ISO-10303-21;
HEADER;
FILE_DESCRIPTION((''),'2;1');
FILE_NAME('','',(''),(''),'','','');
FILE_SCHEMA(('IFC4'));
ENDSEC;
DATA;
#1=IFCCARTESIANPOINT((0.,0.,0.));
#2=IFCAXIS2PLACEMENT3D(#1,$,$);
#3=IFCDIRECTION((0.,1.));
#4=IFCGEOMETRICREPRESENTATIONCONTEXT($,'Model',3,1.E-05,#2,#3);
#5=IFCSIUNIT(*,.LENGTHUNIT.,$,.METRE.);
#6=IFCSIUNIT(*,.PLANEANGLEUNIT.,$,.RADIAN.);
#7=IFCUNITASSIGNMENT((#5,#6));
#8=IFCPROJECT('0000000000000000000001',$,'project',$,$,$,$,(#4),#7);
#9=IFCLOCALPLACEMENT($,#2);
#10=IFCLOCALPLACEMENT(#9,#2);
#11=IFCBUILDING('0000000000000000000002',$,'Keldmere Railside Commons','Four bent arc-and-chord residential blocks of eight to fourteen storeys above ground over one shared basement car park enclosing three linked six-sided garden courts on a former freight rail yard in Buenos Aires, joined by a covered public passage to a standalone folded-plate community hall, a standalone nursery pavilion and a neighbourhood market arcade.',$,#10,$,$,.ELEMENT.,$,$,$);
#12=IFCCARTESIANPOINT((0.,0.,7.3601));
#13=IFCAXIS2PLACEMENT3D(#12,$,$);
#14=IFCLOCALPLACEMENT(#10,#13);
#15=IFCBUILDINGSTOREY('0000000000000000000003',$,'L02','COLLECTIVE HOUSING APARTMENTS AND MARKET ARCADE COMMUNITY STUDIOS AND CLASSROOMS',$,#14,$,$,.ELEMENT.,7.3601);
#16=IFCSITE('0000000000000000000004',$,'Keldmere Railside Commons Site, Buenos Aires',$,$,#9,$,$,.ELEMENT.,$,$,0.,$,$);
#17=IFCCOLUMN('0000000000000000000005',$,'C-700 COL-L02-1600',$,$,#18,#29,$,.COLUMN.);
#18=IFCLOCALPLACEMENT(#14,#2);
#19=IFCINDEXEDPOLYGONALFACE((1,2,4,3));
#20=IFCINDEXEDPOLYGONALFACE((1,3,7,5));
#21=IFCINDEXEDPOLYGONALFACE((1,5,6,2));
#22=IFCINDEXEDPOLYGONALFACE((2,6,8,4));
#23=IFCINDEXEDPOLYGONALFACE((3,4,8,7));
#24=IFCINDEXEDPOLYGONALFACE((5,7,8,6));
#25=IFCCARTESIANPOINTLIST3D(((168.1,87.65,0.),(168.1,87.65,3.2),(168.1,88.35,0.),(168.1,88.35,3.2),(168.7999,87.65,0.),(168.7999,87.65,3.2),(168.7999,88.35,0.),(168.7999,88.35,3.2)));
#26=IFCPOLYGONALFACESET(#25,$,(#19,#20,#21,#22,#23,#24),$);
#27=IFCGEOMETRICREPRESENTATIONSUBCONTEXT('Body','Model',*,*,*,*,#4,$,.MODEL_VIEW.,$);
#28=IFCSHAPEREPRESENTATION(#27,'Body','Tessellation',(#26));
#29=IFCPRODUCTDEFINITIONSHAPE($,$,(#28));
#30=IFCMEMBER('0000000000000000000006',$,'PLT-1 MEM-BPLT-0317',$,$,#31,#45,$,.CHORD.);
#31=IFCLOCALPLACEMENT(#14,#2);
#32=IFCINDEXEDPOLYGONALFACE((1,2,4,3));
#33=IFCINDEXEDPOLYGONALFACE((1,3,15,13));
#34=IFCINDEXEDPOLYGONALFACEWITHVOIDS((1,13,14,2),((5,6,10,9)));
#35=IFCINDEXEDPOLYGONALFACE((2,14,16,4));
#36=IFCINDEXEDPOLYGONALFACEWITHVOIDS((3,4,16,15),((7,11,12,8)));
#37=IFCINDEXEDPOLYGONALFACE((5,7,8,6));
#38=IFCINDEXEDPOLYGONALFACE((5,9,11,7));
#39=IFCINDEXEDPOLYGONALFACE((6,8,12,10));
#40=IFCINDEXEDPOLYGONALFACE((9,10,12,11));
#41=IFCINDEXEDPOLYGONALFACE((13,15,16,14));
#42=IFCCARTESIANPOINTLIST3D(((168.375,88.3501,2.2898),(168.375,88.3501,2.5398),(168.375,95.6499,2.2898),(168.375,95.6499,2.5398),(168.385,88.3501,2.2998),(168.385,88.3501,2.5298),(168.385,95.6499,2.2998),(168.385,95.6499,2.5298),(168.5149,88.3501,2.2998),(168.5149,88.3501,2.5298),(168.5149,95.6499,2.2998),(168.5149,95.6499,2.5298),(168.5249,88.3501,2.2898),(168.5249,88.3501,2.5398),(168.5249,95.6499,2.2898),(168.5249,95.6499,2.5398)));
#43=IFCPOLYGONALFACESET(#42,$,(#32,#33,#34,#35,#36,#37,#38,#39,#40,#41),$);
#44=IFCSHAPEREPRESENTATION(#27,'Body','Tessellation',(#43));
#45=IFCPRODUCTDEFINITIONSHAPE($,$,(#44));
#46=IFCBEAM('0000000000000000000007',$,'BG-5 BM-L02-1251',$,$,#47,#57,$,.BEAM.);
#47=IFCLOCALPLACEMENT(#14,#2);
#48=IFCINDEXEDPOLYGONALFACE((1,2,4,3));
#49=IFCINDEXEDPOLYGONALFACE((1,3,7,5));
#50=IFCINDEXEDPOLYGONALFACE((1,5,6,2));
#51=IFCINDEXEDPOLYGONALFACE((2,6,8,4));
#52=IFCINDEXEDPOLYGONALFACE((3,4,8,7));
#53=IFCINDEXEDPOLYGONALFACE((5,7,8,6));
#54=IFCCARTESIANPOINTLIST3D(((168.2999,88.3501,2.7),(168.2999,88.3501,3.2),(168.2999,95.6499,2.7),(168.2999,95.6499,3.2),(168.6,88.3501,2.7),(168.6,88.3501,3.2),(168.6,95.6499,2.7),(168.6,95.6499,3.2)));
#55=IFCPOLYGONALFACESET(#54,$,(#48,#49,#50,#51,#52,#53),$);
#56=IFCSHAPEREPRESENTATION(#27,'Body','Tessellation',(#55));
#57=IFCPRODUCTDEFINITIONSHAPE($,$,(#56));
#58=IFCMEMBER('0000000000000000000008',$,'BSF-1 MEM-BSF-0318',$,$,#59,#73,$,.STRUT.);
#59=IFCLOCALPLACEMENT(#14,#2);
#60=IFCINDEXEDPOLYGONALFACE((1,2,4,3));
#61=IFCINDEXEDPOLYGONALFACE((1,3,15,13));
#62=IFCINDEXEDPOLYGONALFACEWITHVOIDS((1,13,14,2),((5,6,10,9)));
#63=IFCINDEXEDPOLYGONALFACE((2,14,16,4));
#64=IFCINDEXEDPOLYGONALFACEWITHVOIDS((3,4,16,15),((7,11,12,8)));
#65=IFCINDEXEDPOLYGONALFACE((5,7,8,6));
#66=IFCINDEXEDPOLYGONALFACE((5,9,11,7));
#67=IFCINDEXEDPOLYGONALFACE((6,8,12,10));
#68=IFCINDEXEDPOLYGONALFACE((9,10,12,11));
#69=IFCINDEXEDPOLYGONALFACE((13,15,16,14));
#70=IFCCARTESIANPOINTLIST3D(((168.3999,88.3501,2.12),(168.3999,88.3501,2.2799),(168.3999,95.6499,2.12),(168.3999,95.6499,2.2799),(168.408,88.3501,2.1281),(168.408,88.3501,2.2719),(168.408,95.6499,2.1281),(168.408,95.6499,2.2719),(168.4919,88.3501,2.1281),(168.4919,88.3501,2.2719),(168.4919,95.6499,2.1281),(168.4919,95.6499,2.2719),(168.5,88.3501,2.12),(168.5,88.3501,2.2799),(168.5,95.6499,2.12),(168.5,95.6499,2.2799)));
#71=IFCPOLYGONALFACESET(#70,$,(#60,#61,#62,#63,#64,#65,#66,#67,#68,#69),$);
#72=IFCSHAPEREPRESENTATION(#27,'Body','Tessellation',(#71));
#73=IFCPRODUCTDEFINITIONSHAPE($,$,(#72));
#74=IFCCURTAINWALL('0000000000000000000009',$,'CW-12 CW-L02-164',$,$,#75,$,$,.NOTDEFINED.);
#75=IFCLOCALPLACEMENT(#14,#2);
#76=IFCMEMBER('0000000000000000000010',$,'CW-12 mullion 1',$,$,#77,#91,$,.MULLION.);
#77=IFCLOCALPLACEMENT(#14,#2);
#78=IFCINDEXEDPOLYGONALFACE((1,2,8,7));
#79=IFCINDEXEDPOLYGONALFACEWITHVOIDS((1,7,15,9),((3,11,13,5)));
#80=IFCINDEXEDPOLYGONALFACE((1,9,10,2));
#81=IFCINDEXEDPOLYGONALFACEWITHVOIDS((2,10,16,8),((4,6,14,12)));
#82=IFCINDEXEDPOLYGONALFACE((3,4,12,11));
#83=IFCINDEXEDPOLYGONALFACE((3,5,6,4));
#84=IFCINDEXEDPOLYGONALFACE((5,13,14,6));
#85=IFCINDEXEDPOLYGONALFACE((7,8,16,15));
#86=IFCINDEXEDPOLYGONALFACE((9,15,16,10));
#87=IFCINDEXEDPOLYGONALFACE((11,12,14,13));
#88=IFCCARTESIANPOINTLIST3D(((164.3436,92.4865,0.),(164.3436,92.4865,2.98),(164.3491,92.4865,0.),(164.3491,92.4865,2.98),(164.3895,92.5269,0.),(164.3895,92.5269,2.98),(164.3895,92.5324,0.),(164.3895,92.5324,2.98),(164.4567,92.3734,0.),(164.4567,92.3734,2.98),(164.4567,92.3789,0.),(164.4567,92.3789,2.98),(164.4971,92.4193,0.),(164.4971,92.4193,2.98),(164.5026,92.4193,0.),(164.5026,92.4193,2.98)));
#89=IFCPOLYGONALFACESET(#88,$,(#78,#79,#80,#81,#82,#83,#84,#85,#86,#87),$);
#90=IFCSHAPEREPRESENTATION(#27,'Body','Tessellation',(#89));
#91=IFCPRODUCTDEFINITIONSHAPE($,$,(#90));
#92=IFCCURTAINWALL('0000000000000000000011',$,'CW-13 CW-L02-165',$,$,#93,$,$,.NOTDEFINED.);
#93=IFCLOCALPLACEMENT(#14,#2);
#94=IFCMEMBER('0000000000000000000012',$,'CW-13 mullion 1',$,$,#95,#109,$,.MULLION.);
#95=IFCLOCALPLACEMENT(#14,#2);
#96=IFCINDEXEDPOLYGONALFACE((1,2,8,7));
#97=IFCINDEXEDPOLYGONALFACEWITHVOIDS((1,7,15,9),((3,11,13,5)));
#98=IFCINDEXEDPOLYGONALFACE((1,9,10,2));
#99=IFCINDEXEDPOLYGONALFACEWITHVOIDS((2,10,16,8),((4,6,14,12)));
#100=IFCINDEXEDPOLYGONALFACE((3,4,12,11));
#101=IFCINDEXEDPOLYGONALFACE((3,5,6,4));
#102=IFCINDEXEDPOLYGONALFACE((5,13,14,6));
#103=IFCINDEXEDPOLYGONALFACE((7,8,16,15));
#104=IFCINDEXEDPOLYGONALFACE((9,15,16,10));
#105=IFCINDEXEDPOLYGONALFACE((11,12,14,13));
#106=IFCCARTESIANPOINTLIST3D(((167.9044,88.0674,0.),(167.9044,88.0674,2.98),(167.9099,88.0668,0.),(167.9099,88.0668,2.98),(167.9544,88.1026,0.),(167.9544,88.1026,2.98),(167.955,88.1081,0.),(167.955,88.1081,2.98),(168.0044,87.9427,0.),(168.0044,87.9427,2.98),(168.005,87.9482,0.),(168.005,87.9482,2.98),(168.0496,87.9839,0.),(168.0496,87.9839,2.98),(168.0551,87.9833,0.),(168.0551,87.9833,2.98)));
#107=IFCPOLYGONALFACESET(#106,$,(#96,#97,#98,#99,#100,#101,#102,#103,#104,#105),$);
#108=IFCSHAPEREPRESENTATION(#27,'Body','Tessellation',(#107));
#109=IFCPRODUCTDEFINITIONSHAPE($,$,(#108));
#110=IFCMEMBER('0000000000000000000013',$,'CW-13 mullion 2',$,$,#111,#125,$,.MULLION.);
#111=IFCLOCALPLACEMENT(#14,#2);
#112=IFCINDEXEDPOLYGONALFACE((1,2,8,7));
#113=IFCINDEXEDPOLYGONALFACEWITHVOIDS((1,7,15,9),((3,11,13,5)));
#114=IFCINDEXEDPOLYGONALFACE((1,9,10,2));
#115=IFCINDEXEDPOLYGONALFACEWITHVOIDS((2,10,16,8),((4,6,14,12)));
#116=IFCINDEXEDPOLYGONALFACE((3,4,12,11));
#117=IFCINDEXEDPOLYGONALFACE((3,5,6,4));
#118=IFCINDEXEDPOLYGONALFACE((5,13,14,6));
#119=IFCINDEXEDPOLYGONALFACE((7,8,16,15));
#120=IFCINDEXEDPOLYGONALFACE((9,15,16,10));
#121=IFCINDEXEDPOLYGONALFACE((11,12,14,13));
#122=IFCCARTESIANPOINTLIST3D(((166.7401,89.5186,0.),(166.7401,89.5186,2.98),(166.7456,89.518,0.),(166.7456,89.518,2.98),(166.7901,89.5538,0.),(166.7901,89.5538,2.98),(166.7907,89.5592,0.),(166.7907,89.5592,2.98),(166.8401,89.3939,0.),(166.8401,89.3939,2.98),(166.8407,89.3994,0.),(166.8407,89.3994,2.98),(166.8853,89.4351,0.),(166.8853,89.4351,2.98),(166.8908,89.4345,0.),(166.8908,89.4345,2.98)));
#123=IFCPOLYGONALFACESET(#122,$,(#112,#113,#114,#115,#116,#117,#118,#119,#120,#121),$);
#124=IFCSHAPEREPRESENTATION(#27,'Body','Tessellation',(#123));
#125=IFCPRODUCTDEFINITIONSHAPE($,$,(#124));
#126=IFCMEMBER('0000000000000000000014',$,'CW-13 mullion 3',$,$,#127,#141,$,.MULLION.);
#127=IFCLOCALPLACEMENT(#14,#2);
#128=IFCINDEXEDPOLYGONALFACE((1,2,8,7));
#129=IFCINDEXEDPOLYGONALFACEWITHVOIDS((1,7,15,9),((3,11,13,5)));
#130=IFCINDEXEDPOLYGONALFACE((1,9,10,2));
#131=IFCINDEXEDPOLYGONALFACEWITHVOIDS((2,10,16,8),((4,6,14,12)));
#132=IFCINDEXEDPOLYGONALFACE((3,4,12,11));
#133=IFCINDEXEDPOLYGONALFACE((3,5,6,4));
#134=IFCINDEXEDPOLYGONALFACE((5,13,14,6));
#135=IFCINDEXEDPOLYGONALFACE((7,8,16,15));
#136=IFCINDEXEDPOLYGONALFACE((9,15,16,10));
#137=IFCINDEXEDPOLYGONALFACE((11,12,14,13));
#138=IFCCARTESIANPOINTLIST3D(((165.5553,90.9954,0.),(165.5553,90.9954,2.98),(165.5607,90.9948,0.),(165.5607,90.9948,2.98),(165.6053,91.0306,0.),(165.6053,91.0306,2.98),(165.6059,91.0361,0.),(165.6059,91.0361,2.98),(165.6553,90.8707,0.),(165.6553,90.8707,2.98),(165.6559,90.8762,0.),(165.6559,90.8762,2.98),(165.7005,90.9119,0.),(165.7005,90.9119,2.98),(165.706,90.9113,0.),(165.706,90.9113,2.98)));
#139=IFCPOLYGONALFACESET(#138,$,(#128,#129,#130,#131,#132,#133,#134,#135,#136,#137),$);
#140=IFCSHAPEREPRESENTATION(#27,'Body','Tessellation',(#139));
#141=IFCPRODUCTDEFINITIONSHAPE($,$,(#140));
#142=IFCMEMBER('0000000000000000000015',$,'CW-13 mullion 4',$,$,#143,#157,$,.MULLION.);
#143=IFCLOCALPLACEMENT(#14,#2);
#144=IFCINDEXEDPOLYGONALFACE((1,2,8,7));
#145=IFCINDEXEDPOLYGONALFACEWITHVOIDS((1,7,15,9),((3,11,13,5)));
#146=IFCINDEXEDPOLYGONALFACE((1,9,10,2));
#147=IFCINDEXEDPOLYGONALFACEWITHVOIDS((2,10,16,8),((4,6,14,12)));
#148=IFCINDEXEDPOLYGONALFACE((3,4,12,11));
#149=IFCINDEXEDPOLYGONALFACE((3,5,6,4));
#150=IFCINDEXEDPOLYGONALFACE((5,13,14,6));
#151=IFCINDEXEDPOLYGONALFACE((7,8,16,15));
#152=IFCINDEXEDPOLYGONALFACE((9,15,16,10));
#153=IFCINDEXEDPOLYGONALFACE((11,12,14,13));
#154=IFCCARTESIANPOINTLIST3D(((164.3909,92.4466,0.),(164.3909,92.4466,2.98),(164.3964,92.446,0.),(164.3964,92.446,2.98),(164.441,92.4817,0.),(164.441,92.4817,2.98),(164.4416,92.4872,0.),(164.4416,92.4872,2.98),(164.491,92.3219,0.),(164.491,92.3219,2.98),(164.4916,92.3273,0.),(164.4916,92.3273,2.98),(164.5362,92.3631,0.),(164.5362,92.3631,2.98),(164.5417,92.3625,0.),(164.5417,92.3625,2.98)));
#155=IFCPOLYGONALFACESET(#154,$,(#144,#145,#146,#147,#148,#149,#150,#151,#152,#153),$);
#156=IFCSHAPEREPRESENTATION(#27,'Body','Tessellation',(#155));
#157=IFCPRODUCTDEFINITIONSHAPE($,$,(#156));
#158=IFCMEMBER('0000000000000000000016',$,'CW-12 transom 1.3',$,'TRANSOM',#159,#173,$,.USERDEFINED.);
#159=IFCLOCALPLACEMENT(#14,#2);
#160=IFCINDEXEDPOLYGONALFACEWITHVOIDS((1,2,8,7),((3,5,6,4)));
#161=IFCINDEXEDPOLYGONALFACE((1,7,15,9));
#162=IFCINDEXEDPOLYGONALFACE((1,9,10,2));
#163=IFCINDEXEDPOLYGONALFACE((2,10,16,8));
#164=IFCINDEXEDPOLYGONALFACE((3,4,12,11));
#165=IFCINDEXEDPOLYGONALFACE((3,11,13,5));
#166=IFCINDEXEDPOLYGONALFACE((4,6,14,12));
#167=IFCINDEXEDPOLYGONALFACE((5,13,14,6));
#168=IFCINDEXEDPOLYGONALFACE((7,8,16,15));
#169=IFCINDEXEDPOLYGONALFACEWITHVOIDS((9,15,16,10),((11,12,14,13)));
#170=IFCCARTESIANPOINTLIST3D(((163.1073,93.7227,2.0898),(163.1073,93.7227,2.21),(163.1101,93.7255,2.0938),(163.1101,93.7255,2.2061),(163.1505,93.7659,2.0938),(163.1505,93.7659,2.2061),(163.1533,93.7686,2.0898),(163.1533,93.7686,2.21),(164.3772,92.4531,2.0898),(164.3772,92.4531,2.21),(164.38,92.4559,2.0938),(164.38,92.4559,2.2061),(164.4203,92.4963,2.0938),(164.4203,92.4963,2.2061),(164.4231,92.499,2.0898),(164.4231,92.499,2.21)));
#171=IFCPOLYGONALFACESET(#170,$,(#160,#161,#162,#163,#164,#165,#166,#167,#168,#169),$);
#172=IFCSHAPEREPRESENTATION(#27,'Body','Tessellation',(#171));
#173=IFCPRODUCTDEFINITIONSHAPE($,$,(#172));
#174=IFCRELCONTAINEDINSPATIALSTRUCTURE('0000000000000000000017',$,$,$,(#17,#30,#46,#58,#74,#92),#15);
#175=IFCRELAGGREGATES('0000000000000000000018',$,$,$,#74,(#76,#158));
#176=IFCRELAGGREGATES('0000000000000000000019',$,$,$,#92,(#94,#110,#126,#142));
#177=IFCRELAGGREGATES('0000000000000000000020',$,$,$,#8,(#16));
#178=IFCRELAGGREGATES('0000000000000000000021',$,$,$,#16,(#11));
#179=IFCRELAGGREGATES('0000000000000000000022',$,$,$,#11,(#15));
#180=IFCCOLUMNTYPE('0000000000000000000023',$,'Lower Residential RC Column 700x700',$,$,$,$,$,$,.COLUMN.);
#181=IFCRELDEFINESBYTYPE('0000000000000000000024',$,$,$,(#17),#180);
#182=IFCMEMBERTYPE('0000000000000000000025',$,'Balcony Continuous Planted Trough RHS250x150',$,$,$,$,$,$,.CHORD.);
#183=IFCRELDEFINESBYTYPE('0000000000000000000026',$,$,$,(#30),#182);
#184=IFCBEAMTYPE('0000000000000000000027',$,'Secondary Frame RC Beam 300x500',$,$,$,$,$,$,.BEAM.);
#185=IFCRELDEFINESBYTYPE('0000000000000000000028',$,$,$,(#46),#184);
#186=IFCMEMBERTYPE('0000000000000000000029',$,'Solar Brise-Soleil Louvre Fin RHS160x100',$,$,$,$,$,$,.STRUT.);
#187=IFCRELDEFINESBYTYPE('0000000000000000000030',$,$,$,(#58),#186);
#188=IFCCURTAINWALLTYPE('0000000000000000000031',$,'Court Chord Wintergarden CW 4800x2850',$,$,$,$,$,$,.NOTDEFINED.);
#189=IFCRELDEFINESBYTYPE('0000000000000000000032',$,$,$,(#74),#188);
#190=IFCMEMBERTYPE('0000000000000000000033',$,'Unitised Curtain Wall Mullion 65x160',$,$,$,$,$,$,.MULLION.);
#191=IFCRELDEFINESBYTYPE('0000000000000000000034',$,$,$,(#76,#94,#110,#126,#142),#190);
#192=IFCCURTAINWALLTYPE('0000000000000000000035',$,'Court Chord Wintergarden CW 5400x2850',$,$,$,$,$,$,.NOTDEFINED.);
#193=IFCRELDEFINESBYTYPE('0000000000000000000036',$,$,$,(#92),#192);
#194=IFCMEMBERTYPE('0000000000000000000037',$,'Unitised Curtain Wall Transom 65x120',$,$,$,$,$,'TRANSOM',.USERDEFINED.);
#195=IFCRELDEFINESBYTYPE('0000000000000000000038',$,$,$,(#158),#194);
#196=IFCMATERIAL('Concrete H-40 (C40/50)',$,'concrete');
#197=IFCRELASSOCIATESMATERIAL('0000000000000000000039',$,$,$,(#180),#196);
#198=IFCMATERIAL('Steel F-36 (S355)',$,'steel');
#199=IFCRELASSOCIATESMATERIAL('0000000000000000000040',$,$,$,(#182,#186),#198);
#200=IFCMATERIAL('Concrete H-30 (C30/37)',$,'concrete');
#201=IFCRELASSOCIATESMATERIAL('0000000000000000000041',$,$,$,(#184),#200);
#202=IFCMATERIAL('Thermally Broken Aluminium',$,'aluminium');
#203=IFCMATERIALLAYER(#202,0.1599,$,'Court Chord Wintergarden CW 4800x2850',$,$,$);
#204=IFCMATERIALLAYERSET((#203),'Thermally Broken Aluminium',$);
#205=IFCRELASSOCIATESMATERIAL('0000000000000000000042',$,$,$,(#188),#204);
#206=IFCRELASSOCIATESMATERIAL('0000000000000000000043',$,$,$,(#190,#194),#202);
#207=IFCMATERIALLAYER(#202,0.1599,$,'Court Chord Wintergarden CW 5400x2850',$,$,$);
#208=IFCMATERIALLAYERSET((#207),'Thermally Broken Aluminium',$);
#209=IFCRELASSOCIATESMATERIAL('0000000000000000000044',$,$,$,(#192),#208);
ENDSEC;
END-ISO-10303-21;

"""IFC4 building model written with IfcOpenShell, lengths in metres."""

from ifc_helpers import new_model, si_unit, direction, frame, origin, origin_2d, place, context, subcontext, project, spatial, rectangle, hollow_rectangle, extrude, material, layer, layer_set, material_profile, profile_set, type_object, element, aggregate, save


model = new_model("IFC4")

# Units and contexts
model_context = context("Model", 3, precision=1e-05, world=origin(), true_north=direction((0.0, 1.0)))
body_context = subcontext(model_context, "Body", "Model", "MODEL_VIEW")
ifc_project = project(units=[si_unit("LENGTHUNIT", "METRE"), si_unit("PLANEANGLEUNIT", "RADIAN")], contexts=[model_context])

# Site, building, storey
site_placement = place(None, origin())
site = spatial("IfcSite", under=ifc_project, at=site_placement, Name="Keldmere Railside Commons Site, Buenos Aires", CompositionType="ELEMENT", RefElevation=0.0)
building_placement = place(site_placement, origin())
building = spatial("IfcBuilding", under=site, at=building_placement, Name="Keldmere Railside Commons", Description="Four bent arc-and-chord residential blocks of eight to fourteen storeys above ground over one shared basement car park enclosing three linked six-sided garden courts on a former freight rail yard in Buenos Aires, joined by a covered public passage to a standalone folded-plate community hall, a standalone nursery pavilion and a neighbourhood market arcade.", CompositionType="ELEMENT")
storey_placement = place(building_placement, frame((0.0, 0.0, 7.3601)))
storey = spatial("IfcBuildingStorey", under=building, at=storey_placement, Name="L02", Description="COLLECTIVE HOUSING APARTMENTS AND MARKET ARCADE COMMUNITY STUDIOS AND CLASSROOMS", CompositionType="ELEMENT", Elevation=7.3601)

# Column
ifc_material_1 = material(Name="Concrete H-40 (C40/50)", Category="concrete")
ifc_material_profile_1 = material_profile(ifc_material_1, rectangle(XDim=0.7, YDim=0.7, at=origin_2d()), Name="RC-700x700")
ifc_profile_set_1 = profile_set([ifc_material_profile_1], Name="Concrete H-40 (C40/50)")
column_type = type_object("IfcColumnType", Name="Lower Residential RC Column 700x700", PredefinedType="COLUMN", material=ifc_profile_set_1)
column_placement = place(storey_placement, frame((168.45, 88.0, 0.0), z_axis=(0.0, 0.0, 1.0), x_axis=(1.0, 0.0, 0.0)))
element("IfcColumn", 1, at=column_placement, inside=storey, type_object=column_type, Name="C-700 COL-L02-1600", PredefinedType="COLUMN", context=body_context, shape_type="SweptSolid", body=[
    extrude(rectangle(XDim=0.7, YDim=0.7, at=origin_2d()), origin(), (0.0, 0.0, 1.0), 3.2),
])

# Member
ifc_material_2 = material(Name="Steel F-36 (S355)", Category="steel")
ifc_material_profile_2 = material_profile(ifc_material_2, hollow_rectangle(XDim=0.1499, YDim=0.25, WallThickness=0.01, at=origin_2d()), Name="RHS-250x150x10")
ifc_profile_set_2 = profile_set([ifc_material_profile_2], Name="Steel F-36 (S355)")
member_type_1 = type_object("IfcMemberType", Name="Balcony Continuous Planted Trough RHS250x150", PredefinedType="CHORD", material=ifc_profile_set_2)
member_1_placement = place(storey_placement, frame((168.45, 88.3501, 2.4148), z_axis=(0.0, 1.0, 0.0), x_axis=(-1.0, 0.0, 0.0)))
element("IfcMember", 2, at=member_1_placement, inside=storey, type_object=member_type_1, Name="PLT-1 MEM-BPLT-0317", PredefinedType="CHORD", context=body_context, shape_type="SweptSolid", body=[
    extrude(hollow_rectangle(XDim=0.1499, YDim=0.25, WallThickness=0.01, at=origin_2d()), origin(), (0.0, 0.0, 1.0), 7.2998),
])

# Beam
ifc_material_3 = material(Name="Concrete H-30 (C30/37)", Category="concrete")
ifc_material_profile_3 = material_profile(ifc_material_3, rectangle(XDim=0.3, YDim=0.5, at=origin_2d()), Name="RC-300x500")
ifc_profile_set_3 = profile_set([ifc_material_profile_3], Name="Concrete H-30 (C30/37)")
beam_type = type_object("IfcBeamType", Name="Secondary Frame RC Beam 300x500", PredefinedType="BEAM", material=ifc_profile_set_3)
beam_placement = place(storey_placement, frame((168.45, 88.3501, 2.95), z_axis=(0.0, 1.0, 0.0), x_axis=(-1.0, 0.0, 0.0)))
element("IfcBeam", 3, at=beam_placement, inside=storey, type_object=beam_type, Name="BG-5 BM-L02-1251", PredefinedType="BEAM", context=body_context, shape_type="SweptSolid", body=[
    extrude(rectangle(XDim=0.3, YDim=0.5, at=origin_2d()), origin(), (0.0, 0.0, 1.0), 7.2998),
])

# Member
ifc_material_profile_4 = material_profile(ifc_material_2, hollow_rectangle(XDim=0.1001, YDim=0.1599, WallThickness=0.0081, at=origin_2d()), Name="RHS-160x100x8")
ifc_profile_set_4 = profile_set([ifc_material_profile_4], Name="Steel F-36 (S355)")
member_type_2 = type_object("IfcMemberType", Name="Solar Brise-Soleil Louvre Fin RHS160x100", PredefinedType="STRUT", material=ifc_profile_set_4)
member_2_placement = place(storey_placement, frame((168.45, 88.3501, 2.2), z_axis=(0.0, 1.0, 0.0), x_axis=(-1.0, 0.0, 0.0)))
element("IfcMember", 4, at=member_2_placement, inside=storey, type_object=member_type_2, Name="BSF-1 MEM-BSF-0318", PredefinedType="STRUT", context=body_context, shape_type="SweptSolid", body=[
    extrude(hollow_rectangle(XDim=0.1001, YDim=0.1599, WallThickness=0.0081, at=origin_2d()), origin(), (0.0, 0.0, 1.0), 7.2998),
])

# Curtain wall, member
ifc_material_4 = material(Name="Thermally Broken Aluminium", Category="aluminium")
ifc_layer_1 = layer(ifc_material_4, 0.1599, Name="Court Chord Wintergarden CW 4800x2850")
ifc_layer_set_1 = layer_set([ifc_layer_1], Name="Thermally Broken Aluminium")
curtain_wall_type_1 = type_object("IfcCurtainWallType", Name="Court Chord Wintergarden CW 4800x2850", PredefinedType="NOTDEFINED", material=ifc_layer_set_1)
curtain_wall_1_placement = place(storey_placement, origin())
curtain_wall_1 = element("IfcCurtainWall", 5, at=curtain_wall_1_placement, inside=storey, type_object=curtain_wall_type_1, Name="CW-12 CW-L02-164", PredefinedType="NOTDEFINED")
ifc_material_profile_5 = material_profile(ifc_material_4, hollow_rectangle(XDim=0.0649, YDim=0.1599, WallThickness=0.0039, at=origin_2d()), Name="ALU-MULL-65x160")
ifc_profile_set_5 = profile_set([ifc_material_profile_5], Name="Thermally Broken Aluminium")
member_type_3 = type_object("IfcMemberType", Name="Unitised Curtain Wall Mullion 65x160", PredefinedType="MULLION", material=ifc_profile_set_5)
member_3_placement = place(storey_placement, frame((164.4231, 92.4529, 0.0), z_axis=(0.0, 0.0, 1.0), x_axis=(-0.707107, -0.707107, 0.0)))
member_3 = element("IfcMember", 6, at=member_3_placement, type_object=member_type_3, Name="CW-12 mullion 1", PredefinedType="MULLION", context=body_context, shape_type="SweptSolid", body=[
    extrude(hollow_rectangle(XDim=0.0649, YDim=0.1599, WallThickness=0.0039, at=origin_2d()), origin(), (0.0, 0.0, 1.0), 2.98),
])

# Curtain wall, members
ifc_layer_2 = layer(ifc_material_4, 0.1599, Name="Court Chord Wintergarden CW 5400x2850")
ifc_layer_set_2 = layer_set([ifc_layer_2], Name="Thermally Broken Aluminium")
curtain_wall_type_2 = type_object("IfcCurtainWallType", Name="Court Chord Wintergarden CW 5400x2850", PredefinedType="NOTDEFINED", material=ifc_layer_set_2)
curtain_wall_2_placement = place(storey_placement, origin())
curtain_wall_2 = element("IfcCurtainWall", 7, at=curtain_wall_2_placement, inside=storey, type_object=curtain_wall_type_2, Name="CW-13 CW-L02-165", PredefinedType="NOTDEFINED")
member_4_placement = place(storey_placement, frame((167.9797, 88.0254, 0.0), z_axis=(0.0, 0.0, 1.0), x_axis=(-0.780009, -0.625768, 0.0)))
member_4 = element("IfcMember", 8, at=member_4_placement, type_object=member_type_3, Name="CW-13 mullion 1", PredefinedType="MULLION", context=body_context, shape_type="SweptSolid", body=[
    extrude(hollow_rectangle(XDim=0.0649, YDim=0.1599, WallThickness=0.0039, at=origin_2d()), origin(), (0.0, 0.0, 1.0), 2.98),
])
member_5_placement = place(storey_placement, frame((166.8154, 89.4766, 0.0), z_axis=(0.0, 0.0, 1.0), x_axis=(-0.780009, -0.625768, 0.0)))
member_5 = element("IfcMember", 9, at=member_5_placement, type_object=member_type_3, Name="CW-13 mullion 2", PredefinedType="MULLION", context=body_context, shape_type="SweptSolid", body=[
    extrude(hollow_rectangle(XDim=0.0649, YDim=0.1599, WallThickness=0.0039, at=origin_2d()), origin(), (0.0, 0.0, 1.0), 2.98),
])
member_6_placement = place(storey_placement, frame((165.6306, 90.9534, 0.0), z_axis=(0.0, 0.0, 1.0), x_axis=(-0.780009, -0.625768, 0.0)))
member_6 = element("IfcMember", 10, at=member_6_placement, type_object=member_type_3, Name="CW-13 mullion 3", PredefinedType="MULLION", context=body_context, shape_type="SweptSolid", body=[
    extrude(hollow_rectangle(XDim=0.0649, YDim=0.1599, WallThickness=0.0039, at=origin_2d()), origin(), (0.0, 0.0, 1.0), 2.98),
])
member_7_placement = place(storey_placement, frame((164.4663, 92.4045, 0.0), z_axis=(0.0, 0.0, 1.0), x_axis=(-0.780009, -0.625768, 0.0)))
member_7 = element("IfcMember", 11, at=member_7_placement, type_object=member_type_3, Name="CW-13 mullion 4", PredefinedType="MULLION", context=body_context, shape_type="SweptSolid", body=[
    extrude(hollow_rectangle(XDim=0.0649, YDim=0.1599, WallThickness=0.0039, at=origin_2d()), origin(), (0.0, 0.0, 1.0), 2.98),
])

# Member
ifc_material_profile_6 = material_profile(ifc_material_4, hollow_rectangle(XDim=0.0649, YDim=0.1201, WallThickness=0.0039, at=origin_2d()), Name="ALU-TRAN-65x120")
ifc_profile_set_6 = profile_set([ifc_material_profile_6], Name="Thermally Broken Aluminium")
member_type_4 = type_object("IfcMemberType", Name="Unitised Curtain Wall Transom 65x120", ElementType="TRANSOM", PredefinedType="USERDEFINED", material=ifc_profile_set_6)
member_8_placement = place(storey_placement, frame((164.4001, 92.4761, 2.1499), z_axis=(-0.707175, 0.707039, 0.0), x_axis=(-0.707039, -0.707175, 0.0)))
member_8 = element("IfcMember", 12, at=member_8_placement, type_object=member_type_4, Name="CW-12 transom 1.3", ObjectType="TRANSOM", PredefinedType="USERDEFINED", context=body_context, shape_type="SweptSolid", body=[
    extrude(hollow_rectangle(XDim=0.0649, YDim=0.1201, WallThickness=0.0039, at=origin_2d()), origin(), (0.0, 0.0, 1.0), 1.7957),
])
aggregate(curtain_wall_1, [member_3, member_8])

aggregate(curtain_wall_2, [member_4, member_5, member_6, member_7])

save(model, "model.ifc")
